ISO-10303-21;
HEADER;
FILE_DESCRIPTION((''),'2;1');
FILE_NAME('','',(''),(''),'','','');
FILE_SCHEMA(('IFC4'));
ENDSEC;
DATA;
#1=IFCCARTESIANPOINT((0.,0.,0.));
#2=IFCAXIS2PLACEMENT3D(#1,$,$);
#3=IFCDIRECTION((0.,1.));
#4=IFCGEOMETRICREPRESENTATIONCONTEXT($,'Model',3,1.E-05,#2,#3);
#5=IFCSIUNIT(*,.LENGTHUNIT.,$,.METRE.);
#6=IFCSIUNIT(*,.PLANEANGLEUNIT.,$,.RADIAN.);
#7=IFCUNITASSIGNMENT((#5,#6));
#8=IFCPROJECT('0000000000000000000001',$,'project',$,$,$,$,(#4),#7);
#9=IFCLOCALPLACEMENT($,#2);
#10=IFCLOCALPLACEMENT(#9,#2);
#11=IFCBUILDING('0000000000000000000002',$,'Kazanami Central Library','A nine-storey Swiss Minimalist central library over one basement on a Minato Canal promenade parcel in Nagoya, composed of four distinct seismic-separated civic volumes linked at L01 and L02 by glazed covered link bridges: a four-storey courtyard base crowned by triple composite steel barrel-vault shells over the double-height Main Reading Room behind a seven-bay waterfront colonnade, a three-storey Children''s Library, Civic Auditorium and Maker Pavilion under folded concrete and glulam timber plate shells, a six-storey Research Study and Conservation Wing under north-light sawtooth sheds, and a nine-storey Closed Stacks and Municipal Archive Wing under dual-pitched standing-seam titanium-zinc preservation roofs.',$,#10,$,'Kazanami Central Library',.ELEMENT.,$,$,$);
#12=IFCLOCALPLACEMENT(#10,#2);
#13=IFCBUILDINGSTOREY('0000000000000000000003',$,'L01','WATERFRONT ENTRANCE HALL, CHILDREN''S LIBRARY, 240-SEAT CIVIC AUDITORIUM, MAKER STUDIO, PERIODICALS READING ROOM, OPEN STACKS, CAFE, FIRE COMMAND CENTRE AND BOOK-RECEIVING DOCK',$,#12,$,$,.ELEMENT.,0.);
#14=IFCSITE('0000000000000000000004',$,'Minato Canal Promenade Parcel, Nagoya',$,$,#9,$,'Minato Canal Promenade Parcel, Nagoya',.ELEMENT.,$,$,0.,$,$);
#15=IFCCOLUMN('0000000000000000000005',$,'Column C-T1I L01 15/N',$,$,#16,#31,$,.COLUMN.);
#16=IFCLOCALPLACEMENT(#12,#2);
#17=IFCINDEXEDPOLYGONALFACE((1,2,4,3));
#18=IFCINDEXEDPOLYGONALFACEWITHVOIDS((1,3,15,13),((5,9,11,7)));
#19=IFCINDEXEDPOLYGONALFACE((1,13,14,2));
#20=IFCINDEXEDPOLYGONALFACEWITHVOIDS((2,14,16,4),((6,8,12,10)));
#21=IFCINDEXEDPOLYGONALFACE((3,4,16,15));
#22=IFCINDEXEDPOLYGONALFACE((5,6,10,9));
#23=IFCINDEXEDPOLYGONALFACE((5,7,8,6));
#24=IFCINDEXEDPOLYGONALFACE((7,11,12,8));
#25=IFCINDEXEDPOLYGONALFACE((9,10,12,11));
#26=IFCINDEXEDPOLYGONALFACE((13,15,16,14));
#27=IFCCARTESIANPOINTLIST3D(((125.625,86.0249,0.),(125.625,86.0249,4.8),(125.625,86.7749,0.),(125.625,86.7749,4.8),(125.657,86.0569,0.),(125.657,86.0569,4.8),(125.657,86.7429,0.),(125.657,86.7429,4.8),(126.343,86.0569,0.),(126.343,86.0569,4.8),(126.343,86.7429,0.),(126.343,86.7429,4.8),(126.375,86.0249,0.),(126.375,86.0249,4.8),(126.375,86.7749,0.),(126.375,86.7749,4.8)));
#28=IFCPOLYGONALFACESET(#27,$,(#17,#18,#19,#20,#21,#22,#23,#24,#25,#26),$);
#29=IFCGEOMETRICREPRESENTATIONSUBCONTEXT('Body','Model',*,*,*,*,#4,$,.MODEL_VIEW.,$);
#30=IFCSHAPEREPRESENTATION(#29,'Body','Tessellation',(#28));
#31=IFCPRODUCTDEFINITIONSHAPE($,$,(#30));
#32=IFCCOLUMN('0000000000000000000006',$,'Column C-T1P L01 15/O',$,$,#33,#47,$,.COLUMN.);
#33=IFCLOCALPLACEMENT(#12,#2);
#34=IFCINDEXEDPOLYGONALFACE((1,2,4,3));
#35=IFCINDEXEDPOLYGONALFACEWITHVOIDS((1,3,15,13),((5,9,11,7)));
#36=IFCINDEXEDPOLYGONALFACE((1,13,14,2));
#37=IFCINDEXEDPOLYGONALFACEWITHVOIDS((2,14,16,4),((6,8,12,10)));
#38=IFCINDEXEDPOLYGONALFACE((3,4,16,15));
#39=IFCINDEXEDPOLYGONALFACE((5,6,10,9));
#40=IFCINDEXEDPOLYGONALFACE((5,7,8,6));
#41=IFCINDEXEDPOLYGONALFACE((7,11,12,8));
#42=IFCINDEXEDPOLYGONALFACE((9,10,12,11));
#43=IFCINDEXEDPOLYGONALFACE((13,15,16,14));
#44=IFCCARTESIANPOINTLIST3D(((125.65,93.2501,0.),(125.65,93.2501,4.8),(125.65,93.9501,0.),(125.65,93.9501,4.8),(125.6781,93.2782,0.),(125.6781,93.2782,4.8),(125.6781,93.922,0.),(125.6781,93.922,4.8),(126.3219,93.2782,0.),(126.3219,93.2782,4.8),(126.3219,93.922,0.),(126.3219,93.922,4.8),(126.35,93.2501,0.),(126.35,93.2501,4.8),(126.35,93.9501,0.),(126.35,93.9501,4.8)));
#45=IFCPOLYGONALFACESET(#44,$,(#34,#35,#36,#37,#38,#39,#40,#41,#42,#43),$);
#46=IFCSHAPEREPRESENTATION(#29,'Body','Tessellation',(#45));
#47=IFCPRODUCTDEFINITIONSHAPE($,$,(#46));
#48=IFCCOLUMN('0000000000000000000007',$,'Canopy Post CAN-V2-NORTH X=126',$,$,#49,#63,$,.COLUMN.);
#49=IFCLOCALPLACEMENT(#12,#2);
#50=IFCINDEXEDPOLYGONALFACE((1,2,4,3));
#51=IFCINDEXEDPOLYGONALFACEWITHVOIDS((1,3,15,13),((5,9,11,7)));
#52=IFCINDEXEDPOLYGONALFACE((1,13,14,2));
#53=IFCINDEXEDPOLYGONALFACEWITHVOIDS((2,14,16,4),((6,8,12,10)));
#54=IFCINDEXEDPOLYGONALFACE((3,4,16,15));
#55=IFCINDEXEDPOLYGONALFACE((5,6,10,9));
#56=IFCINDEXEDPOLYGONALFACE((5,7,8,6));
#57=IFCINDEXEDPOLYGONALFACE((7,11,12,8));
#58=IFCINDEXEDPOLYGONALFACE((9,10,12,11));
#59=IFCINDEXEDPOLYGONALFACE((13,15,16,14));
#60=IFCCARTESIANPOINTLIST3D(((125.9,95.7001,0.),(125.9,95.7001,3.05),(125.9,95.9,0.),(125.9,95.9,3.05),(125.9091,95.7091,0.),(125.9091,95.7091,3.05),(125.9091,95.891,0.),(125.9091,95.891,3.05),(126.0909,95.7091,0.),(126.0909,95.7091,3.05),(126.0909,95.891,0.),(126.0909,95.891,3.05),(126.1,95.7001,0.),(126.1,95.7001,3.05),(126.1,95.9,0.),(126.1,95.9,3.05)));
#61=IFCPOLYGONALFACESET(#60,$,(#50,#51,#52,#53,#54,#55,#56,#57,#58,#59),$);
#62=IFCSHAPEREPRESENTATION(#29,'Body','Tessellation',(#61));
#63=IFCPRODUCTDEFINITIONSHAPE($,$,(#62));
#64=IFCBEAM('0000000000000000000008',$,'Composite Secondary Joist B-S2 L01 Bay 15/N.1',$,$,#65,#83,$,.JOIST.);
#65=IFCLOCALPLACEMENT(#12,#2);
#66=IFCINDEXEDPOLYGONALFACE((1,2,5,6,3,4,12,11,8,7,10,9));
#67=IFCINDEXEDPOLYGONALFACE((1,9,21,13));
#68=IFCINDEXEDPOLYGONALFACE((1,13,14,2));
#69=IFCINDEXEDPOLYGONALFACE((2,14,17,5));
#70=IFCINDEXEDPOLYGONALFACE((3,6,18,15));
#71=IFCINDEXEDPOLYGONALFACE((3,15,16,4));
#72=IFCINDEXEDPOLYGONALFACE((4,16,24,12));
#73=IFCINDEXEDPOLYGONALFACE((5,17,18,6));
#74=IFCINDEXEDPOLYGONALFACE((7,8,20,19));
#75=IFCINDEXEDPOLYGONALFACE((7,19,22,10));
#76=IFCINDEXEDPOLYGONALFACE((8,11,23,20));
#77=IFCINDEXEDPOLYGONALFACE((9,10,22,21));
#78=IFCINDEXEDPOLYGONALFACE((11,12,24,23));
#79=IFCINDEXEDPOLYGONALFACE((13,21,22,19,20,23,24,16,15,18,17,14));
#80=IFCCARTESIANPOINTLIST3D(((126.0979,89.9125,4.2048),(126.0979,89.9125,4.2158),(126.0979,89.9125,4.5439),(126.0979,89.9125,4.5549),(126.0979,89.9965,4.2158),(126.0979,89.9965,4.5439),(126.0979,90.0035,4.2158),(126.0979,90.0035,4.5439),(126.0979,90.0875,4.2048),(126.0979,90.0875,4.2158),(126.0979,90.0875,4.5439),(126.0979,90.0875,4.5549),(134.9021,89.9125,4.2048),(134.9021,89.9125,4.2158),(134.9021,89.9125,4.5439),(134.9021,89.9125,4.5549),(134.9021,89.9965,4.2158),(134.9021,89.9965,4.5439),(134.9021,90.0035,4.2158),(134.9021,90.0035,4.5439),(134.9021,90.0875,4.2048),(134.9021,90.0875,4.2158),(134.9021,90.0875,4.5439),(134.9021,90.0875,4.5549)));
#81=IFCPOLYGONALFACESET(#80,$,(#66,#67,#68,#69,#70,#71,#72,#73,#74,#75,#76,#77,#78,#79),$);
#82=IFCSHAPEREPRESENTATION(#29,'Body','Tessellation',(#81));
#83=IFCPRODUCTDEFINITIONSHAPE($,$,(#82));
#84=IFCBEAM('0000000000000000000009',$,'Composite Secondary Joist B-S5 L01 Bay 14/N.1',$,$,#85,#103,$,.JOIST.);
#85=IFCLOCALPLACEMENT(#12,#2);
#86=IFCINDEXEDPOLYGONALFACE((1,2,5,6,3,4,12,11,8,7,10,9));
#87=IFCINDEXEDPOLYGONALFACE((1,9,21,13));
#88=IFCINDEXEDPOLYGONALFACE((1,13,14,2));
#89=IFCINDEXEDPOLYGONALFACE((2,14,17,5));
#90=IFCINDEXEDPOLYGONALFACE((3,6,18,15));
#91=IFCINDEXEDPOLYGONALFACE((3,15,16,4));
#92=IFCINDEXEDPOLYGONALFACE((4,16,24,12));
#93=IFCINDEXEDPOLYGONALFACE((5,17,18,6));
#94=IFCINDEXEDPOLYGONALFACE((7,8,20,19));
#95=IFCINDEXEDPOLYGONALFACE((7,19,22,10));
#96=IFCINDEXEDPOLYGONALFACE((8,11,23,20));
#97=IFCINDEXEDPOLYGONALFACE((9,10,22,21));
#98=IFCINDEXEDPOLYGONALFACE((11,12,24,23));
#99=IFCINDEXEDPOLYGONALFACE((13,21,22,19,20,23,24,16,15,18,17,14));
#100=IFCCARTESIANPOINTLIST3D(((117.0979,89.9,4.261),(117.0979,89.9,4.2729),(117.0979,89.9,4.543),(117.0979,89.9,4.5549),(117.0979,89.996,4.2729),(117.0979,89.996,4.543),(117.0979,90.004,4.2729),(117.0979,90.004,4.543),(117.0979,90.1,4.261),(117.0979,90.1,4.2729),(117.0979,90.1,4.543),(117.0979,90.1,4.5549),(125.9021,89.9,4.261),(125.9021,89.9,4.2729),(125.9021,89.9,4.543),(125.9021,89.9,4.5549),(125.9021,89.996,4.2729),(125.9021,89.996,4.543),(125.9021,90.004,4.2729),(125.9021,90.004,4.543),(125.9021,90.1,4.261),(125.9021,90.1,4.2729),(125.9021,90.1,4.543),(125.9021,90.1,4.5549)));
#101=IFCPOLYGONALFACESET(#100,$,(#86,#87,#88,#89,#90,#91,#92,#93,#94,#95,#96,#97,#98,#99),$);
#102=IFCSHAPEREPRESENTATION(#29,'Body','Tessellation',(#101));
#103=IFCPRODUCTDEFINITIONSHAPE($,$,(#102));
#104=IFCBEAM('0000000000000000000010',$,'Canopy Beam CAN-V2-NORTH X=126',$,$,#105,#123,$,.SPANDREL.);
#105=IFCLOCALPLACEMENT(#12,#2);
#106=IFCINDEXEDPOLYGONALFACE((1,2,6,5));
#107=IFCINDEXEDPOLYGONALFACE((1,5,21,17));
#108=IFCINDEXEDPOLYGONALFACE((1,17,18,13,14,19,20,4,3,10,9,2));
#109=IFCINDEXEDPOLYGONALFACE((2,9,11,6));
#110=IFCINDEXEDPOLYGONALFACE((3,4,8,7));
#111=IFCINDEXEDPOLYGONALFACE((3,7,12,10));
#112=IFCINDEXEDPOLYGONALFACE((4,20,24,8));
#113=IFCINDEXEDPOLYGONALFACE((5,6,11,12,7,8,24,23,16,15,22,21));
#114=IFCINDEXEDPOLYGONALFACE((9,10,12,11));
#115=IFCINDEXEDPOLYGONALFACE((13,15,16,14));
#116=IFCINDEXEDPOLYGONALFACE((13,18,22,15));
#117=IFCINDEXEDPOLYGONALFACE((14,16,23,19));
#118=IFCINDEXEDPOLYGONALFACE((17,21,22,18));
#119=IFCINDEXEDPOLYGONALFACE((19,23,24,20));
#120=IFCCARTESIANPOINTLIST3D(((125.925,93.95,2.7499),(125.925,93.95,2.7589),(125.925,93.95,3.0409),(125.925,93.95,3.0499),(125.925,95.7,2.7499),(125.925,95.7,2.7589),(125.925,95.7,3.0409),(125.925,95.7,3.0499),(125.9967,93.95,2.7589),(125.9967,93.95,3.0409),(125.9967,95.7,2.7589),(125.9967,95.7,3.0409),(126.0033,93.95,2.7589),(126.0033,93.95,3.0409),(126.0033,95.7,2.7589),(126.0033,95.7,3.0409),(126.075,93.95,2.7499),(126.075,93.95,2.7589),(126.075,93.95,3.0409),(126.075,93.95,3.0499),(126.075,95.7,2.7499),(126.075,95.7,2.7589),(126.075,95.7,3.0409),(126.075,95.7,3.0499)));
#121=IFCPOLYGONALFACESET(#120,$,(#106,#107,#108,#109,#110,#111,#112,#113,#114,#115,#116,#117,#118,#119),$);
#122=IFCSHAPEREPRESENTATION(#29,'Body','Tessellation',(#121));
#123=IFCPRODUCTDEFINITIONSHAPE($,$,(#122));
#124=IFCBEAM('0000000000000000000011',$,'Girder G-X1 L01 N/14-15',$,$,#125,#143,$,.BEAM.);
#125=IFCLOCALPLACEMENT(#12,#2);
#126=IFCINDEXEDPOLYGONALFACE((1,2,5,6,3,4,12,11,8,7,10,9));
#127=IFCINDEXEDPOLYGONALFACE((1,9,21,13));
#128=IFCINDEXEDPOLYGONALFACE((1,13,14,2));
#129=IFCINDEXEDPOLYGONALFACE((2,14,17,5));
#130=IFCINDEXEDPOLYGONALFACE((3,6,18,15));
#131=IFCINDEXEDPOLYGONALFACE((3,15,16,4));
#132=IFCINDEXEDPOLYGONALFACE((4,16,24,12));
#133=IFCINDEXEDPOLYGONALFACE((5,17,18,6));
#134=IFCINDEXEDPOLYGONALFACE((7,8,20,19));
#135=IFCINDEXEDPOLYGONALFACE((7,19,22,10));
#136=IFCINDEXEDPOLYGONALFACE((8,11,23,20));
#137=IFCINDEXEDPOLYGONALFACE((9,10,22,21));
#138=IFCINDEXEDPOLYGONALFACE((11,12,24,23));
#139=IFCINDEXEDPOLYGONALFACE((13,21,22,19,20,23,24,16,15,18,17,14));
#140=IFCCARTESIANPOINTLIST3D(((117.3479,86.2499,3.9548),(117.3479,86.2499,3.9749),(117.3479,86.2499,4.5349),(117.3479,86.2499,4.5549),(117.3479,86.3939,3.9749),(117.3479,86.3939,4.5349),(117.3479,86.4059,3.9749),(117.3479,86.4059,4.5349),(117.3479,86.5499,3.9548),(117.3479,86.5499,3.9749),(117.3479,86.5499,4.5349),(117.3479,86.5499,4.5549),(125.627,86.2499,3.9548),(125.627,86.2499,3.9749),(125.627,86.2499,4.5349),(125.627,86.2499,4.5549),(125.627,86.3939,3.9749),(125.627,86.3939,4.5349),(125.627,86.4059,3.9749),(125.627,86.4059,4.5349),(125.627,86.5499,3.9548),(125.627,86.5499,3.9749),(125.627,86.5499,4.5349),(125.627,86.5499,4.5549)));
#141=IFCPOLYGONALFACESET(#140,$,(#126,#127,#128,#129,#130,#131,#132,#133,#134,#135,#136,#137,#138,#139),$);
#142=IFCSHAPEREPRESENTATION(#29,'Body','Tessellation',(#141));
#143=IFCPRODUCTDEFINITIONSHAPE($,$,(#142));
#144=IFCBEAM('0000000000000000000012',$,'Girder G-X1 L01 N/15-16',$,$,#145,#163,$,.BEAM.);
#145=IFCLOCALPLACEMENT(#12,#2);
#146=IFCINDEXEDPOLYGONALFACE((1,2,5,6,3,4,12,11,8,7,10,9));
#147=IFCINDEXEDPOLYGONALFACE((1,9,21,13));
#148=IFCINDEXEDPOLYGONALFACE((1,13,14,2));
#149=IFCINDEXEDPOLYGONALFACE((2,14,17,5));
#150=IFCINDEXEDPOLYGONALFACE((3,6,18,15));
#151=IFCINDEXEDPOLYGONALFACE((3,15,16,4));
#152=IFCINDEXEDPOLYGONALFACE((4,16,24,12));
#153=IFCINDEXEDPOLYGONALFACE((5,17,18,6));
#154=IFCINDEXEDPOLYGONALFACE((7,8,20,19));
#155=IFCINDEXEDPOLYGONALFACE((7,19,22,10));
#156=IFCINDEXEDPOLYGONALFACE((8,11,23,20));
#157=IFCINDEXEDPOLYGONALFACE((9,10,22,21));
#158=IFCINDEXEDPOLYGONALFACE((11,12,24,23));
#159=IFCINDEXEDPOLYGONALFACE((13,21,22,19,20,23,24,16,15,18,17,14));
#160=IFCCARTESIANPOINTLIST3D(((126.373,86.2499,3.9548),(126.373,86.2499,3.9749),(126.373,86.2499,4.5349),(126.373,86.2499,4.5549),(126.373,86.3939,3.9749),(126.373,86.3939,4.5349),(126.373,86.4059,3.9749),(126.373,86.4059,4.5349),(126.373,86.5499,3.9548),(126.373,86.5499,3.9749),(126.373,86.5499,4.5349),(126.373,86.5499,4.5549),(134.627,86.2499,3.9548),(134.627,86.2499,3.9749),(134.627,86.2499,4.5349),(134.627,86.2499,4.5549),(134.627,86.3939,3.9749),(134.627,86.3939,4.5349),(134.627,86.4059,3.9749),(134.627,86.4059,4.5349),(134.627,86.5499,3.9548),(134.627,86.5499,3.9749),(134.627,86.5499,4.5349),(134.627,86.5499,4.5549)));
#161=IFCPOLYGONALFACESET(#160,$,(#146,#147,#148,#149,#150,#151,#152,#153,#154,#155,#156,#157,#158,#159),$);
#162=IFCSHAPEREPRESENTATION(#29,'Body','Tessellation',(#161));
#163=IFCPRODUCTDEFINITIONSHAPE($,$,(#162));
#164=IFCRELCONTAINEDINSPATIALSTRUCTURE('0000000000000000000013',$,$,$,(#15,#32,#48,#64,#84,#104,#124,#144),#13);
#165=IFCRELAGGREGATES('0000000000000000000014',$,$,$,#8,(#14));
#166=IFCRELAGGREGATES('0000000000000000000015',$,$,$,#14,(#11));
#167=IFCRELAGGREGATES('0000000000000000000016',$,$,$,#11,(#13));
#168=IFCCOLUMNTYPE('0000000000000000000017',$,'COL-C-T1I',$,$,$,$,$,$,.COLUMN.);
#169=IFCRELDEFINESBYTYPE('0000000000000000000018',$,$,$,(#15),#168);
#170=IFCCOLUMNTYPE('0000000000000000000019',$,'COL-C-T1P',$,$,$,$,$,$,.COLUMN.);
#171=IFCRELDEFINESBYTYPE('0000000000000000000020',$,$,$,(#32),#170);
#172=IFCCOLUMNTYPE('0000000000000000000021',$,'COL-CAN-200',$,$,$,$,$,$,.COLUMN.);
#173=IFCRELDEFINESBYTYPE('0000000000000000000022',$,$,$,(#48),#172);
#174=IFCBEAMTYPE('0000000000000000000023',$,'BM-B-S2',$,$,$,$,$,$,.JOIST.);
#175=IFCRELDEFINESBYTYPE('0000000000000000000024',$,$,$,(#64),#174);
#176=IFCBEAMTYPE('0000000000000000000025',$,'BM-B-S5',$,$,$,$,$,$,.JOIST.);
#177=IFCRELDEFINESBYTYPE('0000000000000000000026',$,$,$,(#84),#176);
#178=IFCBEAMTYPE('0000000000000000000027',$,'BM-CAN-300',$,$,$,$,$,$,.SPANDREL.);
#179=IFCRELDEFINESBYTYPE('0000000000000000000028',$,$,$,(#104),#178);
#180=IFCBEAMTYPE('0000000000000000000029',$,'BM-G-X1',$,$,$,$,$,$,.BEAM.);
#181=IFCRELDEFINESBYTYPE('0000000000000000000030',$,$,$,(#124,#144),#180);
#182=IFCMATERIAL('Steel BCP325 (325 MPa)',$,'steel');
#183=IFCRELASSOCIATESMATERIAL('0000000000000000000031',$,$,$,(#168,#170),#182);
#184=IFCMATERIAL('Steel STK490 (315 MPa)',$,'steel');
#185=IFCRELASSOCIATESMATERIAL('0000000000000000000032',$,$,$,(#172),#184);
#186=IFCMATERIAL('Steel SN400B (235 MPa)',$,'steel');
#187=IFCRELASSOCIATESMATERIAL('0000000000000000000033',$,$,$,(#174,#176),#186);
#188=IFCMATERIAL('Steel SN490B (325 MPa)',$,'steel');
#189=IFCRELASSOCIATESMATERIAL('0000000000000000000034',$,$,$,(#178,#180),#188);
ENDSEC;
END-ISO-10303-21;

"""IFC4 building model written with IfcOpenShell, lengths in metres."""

from ifc_helpers import new_model, si_unit, direction, frame, origin, origin_2d, place, context, subcontext, project, spatial, hollow_rectangle, i_section, extrude, material, material_profile, profile_set, type_object, element, save


model = new_model("IFC4")

# Units and contexts
model_context = context("Model", 3, precision=1e-05, world=origin(), true_north=direction((0.0, 1.0)))
body_context = subcontext(model_context, "Body", "Model", "MODEL_VIEW")
ifc_project = project(units=[si_unit("LENGTHUNIT", "METRE"), si_unit("PLANEANGLEUNIT", "RADIAN")], contexts=[model_context])

# Site, building, storey
site_placement = place(None, origin())
site = spatial("IfcSite", under=ifc_project, at=site_placement, Name="Minato Canal Promenade Parcel, Nagoya", LongName="Minato Canal Promenade Parcel, Nagoya", CompositionType="ELEMENT", RefElevation=0.0)
building_placement = place(site_placement, origin())
building = spatial("IfcBuilding", under=site, at=building_placement, Name="Kazanami Central Library", Description="A nine-storey Swiss Minimalist central library over one basement on a Minato Canal promenade parcel in Nagoya, composed of four distinct seismic-separated civic volumes linked at L01 and L02 by glazed covered link bridges: a four-storey courtyard base crowned by triple composite steel barrel-vault shells over the double-height Main Reading Room behind a seven-bay waterfront colonnade, a three-storey Children's Library, Civic Auditorium and Maker Pavilion under folded concrete and glulam timber plate shells, a six-storey Research Study and Conservation Wing under north-light sawtooth sheds, and a nine-storey Closed Stacks and Municipal Archive Wing under dual-pitched standing-seam titanium-zinc preservation roofs.", LongName="Kazanami Central Library", CompositionType="ELEMENT")
storey_placement = place(building_placement, origin())
storey = spatial("IfcBuildingStorey", under=building, at=storey_placement, Name="L01", Description="WATERFRONT ENTRANCE HALL, CHILDREN'S LIBRARY, 240-SEAT CIVIC AUDITORIUM, MAKER STUDIO, PERIODICALS READING ROOM, OPEN STACKS, CAFE, FIRE COMMAND CENTRE AND BOOK-RECEIVING DOCK", CompositionType="ELEMENT", Elevation=0.0)

# Columns
ifc_material_1 = material(Name="Steel BCP325 (325 MPa)", Category="steel")
ifc_material_profile_1 = material_profile(ifc_material_1, hollow_rectangle(XDim=0.75, YDim=0.75, WallThickness=0.032, at=origin_2d()), Name="BCP-750x750x32")
ifc_profile_set_1 = profile_set([ifc_material_profile_1], Name="Steel BCP325 (325 MPa)")
column_type_1 = type_object("IfcColumnType", Name="COL-C-T1I", PredefinedType="COLUMN", material=ifc_profile_set_1)
column_1_placement = place(storey_placement, frame((126.0, 86.3999, 0.0), z_axis=(0.0, 0.0, 1.0), x_axis=(1.0, 0.0, 0.0)))
element("IfcColumn", 1, at=column_1_placement, inside=storey, type_object=column_type_1, Name="Column C-T1I L01 15/N", PredefinedType="COLUMN", context=body_context, shape_type="SweptSolid", body=[
    extrude(hollow_rectangle(XDim=0.75, YDim=0.75, WallThickness=0.032, at=origin_2d()), origin(), (0.0, 0.0, 1.0), 4.8),
])
ifc_material_profile_2 = material_profile(ifc_material_1, hollow_rectangle(XDim=0.7, YDim=0.7, WallThickness=0.0281, at=origin_2d()), Name="BCP-700x700x28")
ifc_profile_set_2 = profile_set([ifc_material_profile_2], Name="Steel BCP325 (325 MPa)")
column_type_2 = type_object("IfcColumnType", Name="COL-C-T1P", PredefinedType="COLUMN", material=ifc_profile_set_2)
column_2_placement = place(storey_placement, frame((126.0, 93.6001, 0.0), z_axis=(0.0, 0.0, 1.0), x_axis=(1.0, 0.0, 0.0)))
element("IfcColumn", 2, at=column_2_placement, inside=storey, type_object=column_type_2, Name="Column C-T1P L01 15/O", PredefinedType="COLUMN", context=body_context, shape_type="SweptSolid", body=[
    extrude(hollow_rectangle(XDim=0.7, YDim=0.7, WallThickness=0.0281, at=origin_2d()), origin(), (0.0, 0.0, 1.0), 4.8),
])
ifc_material_2 = material(Name="Steel STK490 (315 MPa)", Category="steel")
ifc_material_profile_3 = material_profile(ifc_material_2, hollow_rectangle(XDim=0.2, YDim=0.2, WallThickness=0.009, at=origin_2d()), Name="STKR-200x200x9")
ifc_profile_set_3 = profile_set([ifc_material_profile_3], Name="Steel STK490 (315 MPa)")
column_type_3 = type_object("IfcColumnType", Name="COL-CAN-200", PredefinedType="COLUMN", material=ifc_profile_set_3)
column_3_placement = place(storey_placement, frame((126.0, 95.8, 0.0), z_axis=(0.0, 0.0, 1.0), x_axis=(1.0, 0.0, 0.0)))
element("IfcColumn", 3, at=column_3_placement, inside=storey, type_object=column_type_3, Name="Canopy Post CAN-V2-NORTH X=126", PredefinedType="COLUMN", context=body_context, shape_type="SweptSolid", body=[
    extrude(hollow_rectangle(XDim=0.2, YDim=0.2, WallThickness=0.009, at=origin_2d()), origin(), (0.0, 0.0, 1.0), 3.05),
])

# Beams
ifc_material_3 = material(Name="Steel SN400B (235 MPa)", Category="steel")
ifc_material_profile_4 = material_profile(ifc_material_3, i_section(OverallWidth=0.175, OverallDepth=0.3501, WebThickness=0.0071, FlangeThickness=0.011, at=origin_2d()), Name="H-350x175x7x11")
ifc_profile_set_4 = profile_set([ifc_material_profile_4], Name="Steel SN400B (235 MPa)")
beam_type_1 = type_object("IfcBeamType", Name="BM-B-S2", PredefinedType="JOIST", material=ifc_profile_set_4)
beam_1_placement = place(storey_placement, frame((126.0979, 90.0, 4.3799), z_axis=(1.0, 0.0, 0.0), x_axis=(0.0, 1.0, 0.0)))
element("IfcBeam", 4, at=beam_1_placement, inside=storey, type_object=beam_type_1, Name="Composite Secondary Joist B-S2 L01 Bay 15/N.1", PredefinedType="JOIST", context=body_context, shape_type="SweptSolid", body=[
    extrude(i_section(OverallWidth=0.175, OverallDepth=0.3501, WebThickness=0.0071, FlangeThickness=0.011, at=origin_2d()), origin(), (0.0, 0.0, 1.0), 8.8042),
])
ifc_material_profile_5 = material_profile(ifc_material_3, i_section(OverallWidth=0.2, OverallDepth=0.2939, WebThickness=0.0081, FlangeThickness=0.012, at=origin_2d()), Name="H-294x200x8x12")
ifc_profile_set_5 = profile_set([ifc_material_profile_5], Name="Steel SN400B (235 MPa)")
beam_type_2 = type_object("IfcBeamType", Name="BM-B-S5", PredefinedType="JOIST", material=ifc_profile_set_5)
beam_2_placement = place(storey_placement, frame((117.0979, 90.0, 4.408), z_axis=(1.0, 0.0, 0.0), x_axis=(0.0, 1.0, 0.0)))
element("IfcBeam", 5, at=beam_2_placement, inside=storey, type_object=beam_type_2, Name="Composite Secondary Joist B-S5 L01 Bay 14/N.1", PredefinedType="JOIST", context=body_context, shape_type="SweptSolid", body=[
    extrude(i_section(OverallWidth=0.2, OverallDepth=0.2939, WebThickness=0.0081, FlangeThickness=0.012, at=origin_2d()), origin(), (0.0, 0.0, 1.0), 8.8042),
])
ifc_material_4 = material(Name="Steel SN490B (325 MPa)", Category="steel")
ifc_material_profile_6 = material_profile(ifc_material_4, i_section(OverallWidth=0.1499, OverallDepth=0.3, WebThickness=0.0066, FlangeThickness=0.009, at=origin_2d()), Name="H-300x150x6.5x9")
ifc_profile_set_6 = profile_set([ifc_material_profile_6], Name="Steel SN490B (325 MPa)")
beam_type_3 = type_object("IfcBeamType", Name="BM-CAN-300", PredefinedType="SPANDREL", material=ifc_profile_set_6)
beam_3_placement = place(storey_placement, frame((126.0, 93.95, 2.8999), z_axis=(0.0, 1.0, 0.0), x_axis=(-1.0, 0.0, 0.0)))
element("IfcBeam", 6, at=beam_3_placement, inside=storey, type_object=beam_type_3, Name="Canopy Beam CAN-V2-NORTH X=126", PredefinedType="SPANDREL", context=body_context, shape_type="SweptSolid", body=[
    extrude(i_section(OverallWidth=0.1499, OverallDepth=0.3, WebThickness=0.0066, FlangeThickness=0.009, at=origin_2d()), origin(), (0.0, 0.0, 1.0), 1.75),
])
ifc_material_profile_7 = material_profile(ifc_material_4, i_section(OverallWidth=0.3, OverallDepth=0.6001, WebThickness=0.012, FlangeThickness=0.02, at=origin_2d()), Name="H-600x300x12x20")
ifc_profile_set_7 = profile_set([ifc_material_profile_7], Name="Steel SN490B (325 MPa)")
beam_type_4 = type_object("IfcBeamType", Name="BM-G-X1", PredefinedType="BEAM", material=ifc_profile_set_7)
beam_4_placement = place(storey_placement, frame((117.3479, 86.3999, 4.2549), z_axis=(1.0, 0.0, 0.0), x_axis=(0.0, 1.0, 0.0)))
element("IfcBeam", 7, at=beam_4_placement, inside=storey, type_object=beam_type_4, Name="Girder G-X1 L01 N/14-15", PredefinedType="BEAM", context=body_context, shape_type="SweptSolid", body=[
    extrude(i_section(OverallWidth=0.3, OverallDepth=0.6001, WebThickness=0.012, FlangeThickness=0.02, at=origin_2d()), origin(), (0.0, 0.0, 1.0), 8.2791),
])
beam_5_placement = place(storey_placement, frame((126.373, 86.3999, 4.2549), z_axis=(1.0, 0.0, 0.0), x_axis=(0.0, 1.0, 0.0)))
element("IfcBeam", 8, at=beam_5_placement, inside=storey, type_object=beam_type_4, Name="Girder G-X1 L01 N/15-16", PredefinedType="BEAM", context=body_context, shape_type="SweptSolid", body=[
    extrude(i_section(OverallWidth=0.3, OverallDepth=0.6001, WebThickness=0.012, FlangeThickness=0.02, at=origin_2d()), origin(), (0.0, 0.0, 1.0), 8.2539),
])

save(model, "model.ifc")
